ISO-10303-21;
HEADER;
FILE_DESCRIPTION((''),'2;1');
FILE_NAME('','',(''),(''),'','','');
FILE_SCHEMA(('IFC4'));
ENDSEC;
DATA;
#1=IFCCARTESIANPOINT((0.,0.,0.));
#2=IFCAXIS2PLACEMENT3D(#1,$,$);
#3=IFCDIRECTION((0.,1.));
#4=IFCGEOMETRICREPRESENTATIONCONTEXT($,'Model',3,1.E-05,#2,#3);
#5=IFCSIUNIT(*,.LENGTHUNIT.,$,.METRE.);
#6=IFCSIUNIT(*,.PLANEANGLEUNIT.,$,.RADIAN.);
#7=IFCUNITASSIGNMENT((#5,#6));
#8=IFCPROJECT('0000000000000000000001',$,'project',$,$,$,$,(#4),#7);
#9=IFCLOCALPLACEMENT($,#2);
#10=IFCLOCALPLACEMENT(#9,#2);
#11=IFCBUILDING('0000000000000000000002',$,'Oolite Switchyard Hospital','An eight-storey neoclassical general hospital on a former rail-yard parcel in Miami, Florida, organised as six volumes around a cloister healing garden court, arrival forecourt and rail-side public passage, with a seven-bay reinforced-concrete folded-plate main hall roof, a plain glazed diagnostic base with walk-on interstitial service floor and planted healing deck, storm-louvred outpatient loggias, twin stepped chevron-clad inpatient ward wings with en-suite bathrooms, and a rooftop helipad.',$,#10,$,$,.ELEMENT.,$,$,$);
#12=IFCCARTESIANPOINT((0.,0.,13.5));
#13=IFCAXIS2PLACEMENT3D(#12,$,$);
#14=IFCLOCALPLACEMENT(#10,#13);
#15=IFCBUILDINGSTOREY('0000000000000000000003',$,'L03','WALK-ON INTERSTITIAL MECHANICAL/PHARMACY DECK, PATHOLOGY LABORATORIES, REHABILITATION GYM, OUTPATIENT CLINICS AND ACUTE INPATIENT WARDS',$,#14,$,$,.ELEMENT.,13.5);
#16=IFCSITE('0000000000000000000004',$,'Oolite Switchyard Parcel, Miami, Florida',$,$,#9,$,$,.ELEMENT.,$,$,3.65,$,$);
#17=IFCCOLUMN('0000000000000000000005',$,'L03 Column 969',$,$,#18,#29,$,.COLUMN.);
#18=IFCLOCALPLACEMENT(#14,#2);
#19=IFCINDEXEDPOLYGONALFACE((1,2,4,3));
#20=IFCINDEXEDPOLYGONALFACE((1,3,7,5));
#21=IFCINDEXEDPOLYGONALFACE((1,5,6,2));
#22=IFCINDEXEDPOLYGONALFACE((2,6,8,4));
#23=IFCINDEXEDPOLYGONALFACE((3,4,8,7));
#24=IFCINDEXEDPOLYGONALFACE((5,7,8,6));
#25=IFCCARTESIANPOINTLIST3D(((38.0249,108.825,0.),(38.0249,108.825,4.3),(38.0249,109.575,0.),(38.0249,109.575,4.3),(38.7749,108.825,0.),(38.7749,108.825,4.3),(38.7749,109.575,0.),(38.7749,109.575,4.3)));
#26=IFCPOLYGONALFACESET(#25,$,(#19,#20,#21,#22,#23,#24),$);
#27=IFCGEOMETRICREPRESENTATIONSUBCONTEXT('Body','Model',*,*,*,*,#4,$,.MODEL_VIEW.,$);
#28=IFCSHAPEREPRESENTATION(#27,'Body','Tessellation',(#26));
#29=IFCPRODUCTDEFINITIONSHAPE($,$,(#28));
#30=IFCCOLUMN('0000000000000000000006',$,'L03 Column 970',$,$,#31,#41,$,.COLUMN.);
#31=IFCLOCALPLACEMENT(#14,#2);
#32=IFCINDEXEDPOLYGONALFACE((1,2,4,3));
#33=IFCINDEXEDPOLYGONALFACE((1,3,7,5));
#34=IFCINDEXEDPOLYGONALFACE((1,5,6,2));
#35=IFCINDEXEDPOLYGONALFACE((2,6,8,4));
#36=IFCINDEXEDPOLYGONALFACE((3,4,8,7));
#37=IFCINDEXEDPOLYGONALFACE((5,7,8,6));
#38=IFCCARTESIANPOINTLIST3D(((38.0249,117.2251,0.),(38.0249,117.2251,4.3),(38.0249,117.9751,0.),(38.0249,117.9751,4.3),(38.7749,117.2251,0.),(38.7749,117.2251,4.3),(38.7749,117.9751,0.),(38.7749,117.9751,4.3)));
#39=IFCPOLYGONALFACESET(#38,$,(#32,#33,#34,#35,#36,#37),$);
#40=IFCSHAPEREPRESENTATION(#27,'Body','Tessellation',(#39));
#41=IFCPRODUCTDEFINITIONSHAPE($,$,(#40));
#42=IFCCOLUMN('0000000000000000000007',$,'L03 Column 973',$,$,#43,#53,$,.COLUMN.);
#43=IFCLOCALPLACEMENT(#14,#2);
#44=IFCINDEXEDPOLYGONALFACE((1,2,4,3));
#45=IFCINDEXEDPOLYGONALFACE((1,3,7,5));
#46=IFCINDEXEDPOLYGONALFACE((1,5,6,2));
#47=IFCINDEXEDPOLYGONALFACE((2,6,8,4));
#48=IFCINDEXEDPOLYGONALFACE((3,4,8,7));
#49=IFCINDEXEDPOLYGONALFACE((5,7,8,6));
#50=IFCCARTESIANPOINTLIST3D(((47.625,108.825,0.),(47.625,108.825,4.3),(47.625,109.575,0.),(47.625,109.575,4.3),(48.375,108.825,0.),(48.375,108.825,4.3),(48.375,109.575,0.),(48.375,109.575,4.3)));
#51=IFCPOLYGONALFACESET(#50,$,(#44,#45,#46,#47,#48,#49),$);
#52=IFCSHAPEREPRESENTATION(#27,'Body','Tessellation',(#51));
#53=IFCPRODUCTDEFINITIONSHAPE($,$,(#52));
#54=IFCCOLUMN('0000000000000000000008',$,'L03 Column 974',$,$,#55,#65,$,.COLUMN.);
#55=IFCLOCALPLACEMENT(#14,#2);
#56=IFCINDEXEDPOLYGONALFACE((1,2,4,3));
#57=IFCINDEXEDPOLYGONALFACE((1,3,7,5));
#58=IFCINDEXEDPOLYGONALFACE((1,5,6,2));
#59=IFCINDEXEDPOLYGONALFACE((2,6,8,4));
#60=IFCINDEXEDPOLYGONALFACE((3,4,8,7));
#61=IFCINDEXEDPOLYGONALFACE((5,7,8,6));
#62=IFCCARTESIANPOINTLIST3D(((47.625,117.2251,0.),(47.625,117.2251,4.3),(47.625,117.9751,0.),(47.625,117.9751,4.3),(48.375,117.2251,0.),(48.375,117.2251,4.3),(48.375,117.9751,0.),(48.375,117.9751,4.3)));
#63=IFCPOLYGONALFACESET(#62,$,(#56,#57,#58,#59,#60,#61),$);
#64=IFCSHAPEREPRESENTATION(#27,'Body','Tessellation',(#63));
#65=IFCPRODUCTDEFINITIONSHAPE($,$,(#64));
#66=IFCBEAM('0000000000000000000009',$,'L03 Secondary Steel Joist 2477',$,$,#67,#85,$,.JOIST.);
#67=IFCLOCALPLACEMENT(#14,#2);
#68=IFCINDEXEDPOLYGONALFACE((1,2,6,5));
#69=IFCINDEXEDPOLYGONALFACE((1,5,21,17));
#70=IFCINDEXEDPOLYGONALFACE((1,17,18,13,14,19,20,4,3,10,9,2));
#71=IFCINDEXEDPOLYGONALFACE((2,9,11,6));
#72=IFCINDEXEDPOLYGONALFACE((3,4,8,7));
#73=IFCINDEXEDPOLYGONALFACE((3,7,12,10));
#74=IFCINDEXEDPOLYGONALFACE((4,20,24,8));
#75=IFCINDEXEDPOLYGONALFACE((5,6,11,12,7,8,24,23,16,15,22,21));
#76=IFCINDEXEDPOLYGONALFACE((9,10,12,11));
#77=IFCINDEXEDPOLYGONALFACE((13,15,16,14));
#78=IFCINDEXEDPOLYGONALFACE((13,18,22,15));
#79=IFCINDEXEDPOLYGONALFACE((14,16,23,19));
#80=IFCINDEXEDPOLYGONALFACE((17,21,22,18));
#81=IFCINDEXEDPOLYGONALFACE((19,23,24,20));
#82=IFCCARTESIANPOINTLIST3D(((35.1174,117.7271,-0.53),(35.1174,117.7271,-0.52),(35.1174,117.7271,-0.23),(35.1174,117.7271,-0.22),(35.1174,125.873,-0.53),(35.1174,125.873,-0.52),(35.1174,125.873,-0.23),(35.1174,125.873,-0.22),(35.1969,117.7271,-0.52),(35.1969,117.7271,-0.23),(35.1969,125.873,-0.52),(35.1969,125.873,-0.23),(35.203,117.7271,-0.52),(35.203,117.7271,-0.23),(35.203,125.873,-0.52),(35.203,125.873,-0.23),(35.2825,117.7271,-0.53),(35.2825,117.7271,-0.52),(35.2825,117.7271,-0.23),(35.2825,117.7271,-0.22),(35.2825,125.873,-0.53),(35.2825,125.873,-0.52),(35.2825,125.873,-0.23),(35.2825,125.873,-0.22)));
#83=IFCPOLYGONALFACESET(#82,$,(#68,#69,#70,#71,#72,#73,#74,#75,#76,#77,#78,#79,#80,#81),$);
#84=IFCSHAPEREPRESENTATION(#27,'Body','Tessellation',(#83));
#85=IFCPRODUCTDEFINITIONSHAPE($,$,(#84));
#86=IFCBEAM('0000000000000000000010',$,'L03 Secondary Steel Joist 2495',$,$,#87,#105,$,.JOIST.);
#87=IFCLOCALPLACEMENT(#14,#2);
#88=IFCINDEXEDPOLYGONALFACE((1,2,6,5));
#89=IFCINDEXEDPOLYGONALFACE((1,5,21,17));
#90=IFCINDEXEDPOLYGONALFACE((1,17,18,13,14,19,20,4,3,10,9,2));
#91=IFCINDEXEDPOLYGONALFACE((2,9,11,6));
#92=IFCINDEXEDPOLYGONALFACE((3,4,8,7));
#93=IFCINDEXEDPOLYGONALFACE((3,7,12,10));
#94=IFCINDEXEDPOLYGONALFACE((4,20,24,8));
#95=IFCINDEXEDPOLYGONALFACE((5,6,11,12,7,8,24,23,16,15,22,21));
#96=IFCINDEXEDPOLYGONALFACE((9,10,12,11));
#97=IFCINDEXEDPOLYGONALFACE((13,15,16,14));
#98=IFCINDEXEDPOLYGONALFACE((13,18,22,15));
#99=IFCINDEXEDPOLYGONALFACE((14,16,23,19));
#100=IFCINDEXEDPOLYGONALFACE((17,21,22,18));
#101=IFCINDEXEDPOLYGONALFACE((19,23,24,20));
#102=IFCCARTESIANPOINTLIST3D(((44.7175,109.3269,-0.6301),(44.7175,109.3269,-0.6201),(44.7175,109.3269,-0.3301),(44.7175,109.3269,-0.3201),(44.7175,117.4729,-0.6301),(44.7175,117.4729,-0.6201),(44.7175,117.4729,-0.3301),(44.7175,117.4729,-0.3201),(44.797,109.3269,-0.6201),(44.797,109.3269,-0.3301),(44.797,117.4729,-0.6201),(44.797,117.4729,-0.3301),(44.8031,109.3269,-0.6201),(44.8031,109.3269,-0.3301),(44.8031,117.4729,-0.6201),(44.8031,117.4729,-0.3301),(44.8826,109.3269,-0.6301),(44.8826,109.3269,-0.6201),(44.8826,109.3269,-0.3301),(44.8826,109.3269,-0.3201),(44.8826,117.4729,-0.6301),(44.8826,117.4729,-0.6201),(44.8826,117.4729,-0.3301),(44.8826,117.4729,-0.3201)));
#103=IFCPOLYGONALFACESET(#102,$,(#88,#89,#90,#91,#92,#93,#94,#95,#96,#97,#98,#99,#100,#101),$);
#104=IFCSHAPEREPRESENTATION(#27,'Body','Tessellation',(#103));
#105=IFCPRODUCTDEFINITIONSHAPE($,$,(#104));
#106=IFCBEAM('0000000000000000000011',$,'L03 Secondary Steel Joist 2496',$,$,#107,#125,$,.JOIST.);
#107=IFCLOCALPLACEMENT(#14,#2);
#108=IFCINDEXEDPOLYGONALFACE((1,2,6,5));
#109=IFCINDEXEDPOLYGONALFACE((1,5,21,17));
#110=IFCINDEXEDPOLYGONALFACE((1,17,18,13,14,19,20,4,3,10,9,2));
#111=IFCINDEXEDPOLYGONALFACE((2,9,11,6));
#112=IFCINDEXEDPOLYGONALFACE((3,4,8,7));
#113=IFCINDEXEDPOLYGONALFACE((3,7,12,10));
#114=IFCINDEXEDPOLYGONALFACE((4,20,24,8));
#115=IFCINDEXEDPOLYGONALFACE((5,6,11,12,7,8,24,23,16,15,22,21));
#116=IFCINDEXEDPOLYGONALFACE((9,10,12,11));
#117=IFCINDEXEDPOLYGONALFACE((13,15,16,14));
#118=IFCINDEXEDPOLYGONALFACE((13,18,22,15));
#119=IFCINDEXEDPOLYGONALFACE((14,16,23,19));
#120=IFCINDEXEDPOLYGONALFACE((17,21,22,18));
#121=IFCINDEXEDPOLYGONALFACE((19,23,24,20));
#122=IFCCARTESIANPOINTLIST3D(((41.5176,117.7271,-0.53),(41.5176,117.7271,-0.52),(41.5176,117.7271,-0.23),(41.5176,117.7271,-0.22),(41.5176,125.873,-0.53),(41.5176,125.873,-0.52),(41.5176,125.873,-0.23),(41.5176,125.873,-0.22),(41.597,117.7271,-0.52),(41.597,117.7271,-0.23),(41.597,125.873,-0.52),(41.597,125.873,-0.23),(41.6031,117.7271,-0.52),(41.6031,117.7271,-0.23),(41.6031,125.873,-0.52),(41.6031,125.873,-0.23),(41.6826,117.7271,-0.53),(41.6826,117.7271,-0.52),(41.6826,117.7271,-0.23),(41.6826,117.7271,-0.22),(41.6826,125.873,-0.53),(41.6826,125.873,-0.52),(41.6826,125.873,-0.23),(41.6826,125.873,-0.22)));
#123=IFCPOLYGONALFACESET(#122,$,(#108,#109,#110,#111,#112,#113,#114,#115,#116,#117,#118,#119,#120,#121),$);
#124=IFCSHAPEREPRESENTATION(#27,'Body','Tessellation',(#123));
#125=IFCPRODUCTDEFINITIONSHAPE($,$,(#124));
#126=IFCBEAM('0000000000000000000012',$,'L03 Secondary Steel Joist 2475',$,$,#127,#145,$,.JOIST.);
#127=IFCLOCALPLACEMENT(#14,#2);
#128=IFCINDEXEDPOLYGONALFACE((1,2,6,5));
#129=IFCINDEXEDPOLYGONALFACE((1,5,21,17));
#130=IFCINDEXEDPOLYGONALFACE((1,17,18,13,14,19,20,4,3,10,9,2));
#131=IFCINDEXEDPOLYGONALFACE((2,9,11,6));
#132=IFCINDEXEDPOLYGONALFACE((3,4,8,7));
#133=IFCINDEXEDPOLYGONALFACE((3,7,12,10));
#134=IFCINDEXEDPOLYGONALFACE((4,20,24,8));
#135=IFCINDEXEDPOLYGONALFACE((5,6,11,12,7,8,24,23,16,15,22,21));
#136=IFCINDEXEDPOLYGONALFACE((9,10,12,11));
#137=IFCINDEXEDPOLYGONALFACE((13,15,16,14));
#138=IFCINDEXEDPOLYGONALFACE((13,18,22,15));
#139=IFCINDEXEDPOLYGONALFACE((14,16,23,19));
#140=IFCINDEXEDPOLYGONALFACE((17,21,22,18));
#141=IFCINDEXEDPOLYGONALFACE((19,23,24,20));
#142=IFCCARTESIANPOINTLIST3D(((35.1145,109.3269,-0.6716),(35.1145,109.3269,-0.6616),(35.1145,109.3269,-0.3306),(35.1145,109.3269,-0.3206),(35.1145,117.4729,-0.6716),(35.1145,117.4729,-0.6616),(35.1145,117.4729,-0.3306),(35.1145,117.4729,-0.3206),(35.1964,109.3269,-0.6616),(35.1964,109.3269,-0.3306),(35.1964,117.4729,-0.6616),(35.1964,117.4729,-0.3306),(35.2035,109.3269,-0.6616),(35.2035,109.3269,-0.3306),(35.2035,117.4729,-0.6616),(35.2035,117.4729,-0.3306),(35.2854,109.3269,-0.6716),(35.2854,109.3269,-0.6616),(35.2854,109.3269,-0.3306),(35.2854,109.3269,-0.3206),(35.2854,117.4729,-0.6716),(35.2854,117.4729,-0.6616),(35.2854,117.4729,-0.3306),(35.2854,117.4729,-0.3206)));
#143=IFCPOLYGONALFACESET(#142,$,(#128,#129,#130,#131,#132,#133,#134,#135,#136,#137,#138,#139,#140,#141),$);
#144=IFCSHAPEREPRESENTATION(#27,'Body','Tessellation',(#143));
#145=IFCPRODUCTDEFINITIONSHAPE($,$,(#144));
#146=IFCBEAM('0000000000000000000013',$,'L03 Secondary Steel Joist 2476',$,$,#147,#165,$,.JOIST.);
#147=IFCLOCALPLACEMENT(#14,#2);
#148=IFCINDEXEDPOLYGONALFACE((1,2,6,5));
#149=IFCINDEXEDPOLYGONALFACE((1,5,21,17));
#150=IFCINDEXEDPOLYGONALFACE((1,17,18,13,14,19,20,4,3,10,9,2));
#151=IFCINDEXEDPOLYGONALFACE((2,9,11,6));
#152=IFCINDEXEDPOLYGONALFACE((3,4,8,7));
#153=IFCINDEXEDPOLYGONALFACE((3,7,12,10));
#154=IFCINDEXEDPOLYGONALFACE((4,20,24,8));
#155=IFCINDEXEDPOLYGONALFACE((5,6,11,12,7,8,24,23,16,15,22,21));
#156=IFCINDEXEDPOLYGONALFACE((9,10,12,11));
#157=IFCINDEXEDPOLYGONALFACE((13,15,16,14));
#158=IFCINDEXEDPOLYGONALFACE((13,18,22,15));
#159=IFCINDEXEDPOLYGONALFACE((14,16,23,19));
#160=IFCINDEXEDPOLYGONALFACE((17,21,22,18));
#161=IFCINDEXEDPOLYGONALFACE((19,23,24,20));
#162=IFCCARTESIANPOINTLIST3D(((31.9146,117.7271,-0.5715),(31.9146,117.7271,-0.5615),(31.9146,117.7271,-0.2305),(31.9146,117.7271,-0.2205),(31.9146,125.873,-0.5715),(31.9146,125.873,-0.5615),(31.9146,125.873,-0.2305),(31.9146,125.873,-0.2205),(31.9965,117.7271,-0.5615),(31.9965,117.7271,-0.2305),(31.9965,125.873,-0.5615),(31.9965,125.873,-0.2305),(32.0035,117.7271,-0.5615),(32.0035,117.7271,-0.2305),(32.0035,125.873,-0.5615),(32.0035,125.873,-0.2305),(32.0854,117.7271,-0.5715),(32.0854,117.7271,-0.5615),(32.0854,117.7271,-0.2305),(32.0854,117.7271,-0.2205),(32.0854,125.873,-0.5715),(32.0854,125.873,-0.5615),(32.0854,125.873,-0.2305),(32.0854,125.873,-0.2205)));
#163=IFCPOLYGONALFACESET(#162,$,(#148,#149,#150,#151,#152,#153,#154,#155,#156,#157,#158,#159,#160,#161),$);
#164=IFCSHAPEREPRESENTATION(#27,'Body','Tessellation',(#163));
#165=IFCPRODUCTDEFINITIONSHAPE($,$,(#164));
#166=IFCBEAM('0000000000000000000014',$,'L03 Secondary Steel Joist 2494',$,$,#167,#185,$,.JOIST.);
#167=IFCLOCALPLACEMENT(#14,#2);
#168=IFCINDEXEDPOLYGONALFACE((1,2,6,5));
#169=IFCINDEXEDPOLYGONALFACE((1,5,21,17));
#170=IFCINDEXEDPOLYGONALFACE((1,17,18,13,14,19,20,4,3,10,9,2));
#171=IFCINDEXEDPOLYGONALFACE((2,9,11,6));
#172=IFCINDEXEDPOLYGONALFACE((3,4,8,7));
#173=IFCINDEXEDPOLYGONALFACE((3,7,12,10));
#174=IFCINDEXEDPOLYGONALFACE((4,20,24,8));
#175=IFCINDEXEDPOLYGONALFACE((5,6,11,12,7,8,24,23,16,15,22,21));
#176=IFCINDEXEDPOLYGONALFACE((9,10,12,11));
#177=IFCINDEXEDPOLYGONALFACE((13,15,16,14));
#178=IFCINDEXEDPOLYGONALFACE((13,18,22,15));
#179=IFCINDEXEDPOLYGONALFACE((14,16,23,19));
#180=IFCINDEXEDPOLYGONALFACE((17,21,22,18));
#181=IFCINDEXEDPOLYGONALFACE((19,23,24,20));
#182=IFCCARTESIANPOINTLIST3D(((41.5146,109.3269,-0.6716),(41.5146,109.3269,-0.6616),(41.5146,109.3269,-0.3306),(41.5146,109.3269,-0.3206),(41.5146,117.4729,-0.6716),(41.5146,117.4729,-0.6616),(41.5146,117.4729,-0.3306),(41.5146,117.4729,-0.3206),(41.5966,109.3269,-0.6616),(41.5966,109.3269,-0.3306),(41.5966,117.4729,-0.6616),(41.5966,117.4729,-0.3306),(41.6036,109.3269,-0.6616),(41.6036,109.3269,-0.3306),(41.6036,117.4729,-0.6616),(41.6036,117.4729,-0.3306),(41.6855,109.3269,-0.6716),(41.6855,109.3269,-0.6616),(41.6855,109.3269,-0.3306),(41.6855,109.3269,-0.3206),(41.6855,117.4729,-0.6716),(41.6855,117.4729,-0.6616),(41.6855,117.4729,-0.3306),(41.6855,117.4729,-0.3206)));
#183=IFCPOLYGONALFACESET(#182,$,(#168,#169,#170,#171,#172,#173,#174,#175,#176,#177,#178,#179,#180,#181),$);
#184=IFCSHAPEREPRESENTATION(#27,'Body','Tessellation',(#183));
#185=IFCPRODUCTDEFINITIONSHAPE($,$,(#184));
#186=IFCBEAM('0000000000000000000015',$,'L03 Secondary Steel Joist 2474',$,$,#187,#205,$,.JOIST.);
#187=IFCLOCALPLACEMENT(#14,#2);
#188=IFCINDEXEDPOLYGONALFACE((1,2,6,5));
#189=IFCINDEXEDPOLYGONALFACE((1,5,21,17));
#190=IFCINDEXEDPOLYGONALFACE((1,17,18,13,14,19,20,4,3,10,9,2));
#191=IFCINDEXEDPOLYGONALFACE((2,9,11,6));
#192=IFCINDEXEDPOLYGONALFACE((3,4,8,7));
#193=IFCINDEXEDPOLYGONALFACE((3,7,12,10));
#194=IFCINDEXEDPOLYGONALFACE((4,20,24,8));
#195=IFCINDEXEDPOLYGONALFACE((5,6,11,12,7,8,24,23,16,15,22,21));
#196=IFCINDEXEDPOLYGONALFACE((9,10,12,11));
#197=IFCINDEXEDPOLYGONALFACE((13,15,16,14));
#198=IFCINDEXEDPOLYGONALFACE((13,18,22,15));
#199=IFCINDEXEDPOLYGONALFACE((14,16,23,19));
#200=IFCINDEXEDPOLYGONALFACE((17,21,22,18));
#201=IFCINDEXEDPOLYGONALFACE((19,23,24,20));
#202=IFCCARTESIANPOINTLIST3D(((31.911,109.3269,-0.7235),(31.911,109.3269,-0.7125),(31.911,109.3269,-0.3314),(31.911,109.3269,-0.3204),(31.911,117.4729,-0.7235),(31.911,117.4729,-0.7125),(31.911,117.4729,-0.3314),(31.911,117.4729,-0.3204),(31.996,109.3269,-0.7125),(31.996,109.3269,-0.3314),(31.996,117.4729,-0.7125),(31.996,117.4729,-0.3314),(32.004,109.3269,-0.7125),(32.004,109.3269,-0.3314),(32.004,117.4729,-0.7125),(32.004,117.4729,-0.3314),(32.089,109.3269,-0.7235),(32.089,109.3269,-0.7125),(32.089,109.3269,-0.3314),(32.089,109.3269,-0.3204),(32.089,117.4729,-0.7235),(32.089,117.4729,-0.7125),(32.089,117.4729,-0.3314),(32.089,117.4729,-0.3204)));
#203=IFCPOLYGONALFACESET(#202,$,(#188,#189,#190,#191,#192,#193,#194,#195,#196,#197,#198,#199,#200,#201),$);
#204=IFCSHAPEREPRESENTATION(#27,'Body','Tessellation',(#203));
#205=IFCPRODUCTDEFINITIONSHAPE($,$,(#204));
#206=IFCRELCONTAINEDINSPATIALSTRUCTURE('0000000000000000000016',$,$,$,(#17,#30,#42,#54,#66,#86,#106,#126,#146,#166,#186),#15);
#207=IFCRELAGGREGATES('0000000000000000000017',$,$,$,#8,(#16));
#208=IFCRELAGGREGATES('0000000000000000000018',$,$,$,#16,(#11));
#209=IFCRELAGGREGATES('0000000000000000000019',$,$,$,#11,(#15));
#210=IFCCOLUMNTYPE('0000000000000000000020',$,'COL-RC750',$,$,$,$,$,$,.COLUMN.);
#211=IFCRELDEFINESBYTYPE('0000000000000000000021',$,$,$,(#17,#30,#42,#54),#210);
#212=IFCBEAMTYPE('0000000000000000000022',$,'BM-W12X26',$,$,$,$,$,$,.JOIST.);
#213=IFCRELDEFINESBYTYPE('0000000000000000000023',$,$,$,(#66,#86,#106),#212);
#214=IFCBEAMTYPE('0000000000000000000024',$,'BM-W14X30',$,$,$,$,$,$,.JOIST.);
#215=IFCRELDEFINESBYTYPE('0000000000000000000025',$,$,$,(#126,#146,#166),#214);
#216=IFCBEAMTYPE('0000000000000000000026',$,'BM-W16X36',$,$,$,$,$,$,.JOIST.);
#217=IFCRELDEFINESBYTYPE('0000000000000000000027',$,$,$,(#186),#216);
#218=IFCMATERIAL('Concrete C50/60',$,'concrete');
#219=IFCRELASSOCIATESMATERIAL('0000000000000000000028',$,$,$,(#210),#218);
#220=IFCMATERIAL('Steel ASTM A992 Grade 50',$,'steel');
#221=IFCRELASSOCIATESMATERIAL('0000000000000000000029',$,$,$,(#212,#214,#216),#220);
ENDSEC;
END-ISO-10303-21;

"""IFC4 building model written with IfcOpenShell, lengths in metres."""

from ifc_helpers import new_model, si_unit, direction, frame, origin, origin_2d, place, context, subcontext, project, spatial, rectangle, i_section, extrude, material, material_profile, profile_set, type_object, element, save


model = new_model("IFC4")

# Units and contexts
model_context = context("Model", 3, precision=1e-05, world=origin(), true_north=direction((0.0, 1.0)))
body_context = subcontext(model_context, "Body", "Model", "MODEL_VIEW")
ifc_project = project(units=[si_unit("LENGTHUNIT", "METRE"), si_unit("PLANEANGLEUNIT", "RADIAN")], contexts=[model_context])

# Site, building, storey
site_placement = place(None, origin())
site = spatial("IfcSite", under=ifc_project, at=site_placement, Name="Oolite Switchyard Parcel, Miami, Florida", CompositionType="ELEMENT", RefElevation=3.65)
building_placement = place(site_placement, origin())
building = spatial("IfcBuilding", under=site, at=building_placement, Name="Oolite Switchyard Hospital", Description="An eight-storey neoclassical general hospital on a former rail-yard parcel in Miami, Florida, organised as six volumes around a cloister healing garden court, arrival forecourt and rail-side public passage, with a seven-bay reinforced-concrete folded-plate main hall roof, a plain glazed diagnostic base with walk-on interstitial service floor and planted healing deck, storm-louvred outpatient loggias, twin stepped chevron-clad inpatient ward wings with en-suite bathrooms, and a rooftop helipad.", CompositionType="ELEMENT")
storey_placement = place(building_placement, frame((0.0, 0.0, 13.5)))
storey = spatial("IfcBuildingStorey", under=building, at=storey_placement, Name="L03", Description="WALK-ON INTERSTITIAL MECHANICAL/PHARMACY DECK, PATHOLOGY LABORATORIES, REHABILITATION GYM, OUTPATIENT CLINICS AND ACUTE INPATIENT WARDS", CompositionType="ELEMENT", Elevation=13.5)

# Columns
ifc_material_1 = material(Name="Concrete C50/60", Category="concrete")
ifc_material_profile_1 = material_profile(ifc_material_1, rectangle(XDim=0.75, YDim=0.75, at=origin_2d()), Name="RC750X750")
ifc_profile_set_1 = profile_set([ifc_material_profile_1], Name="Concrete C50/60")
column_type = type_object("IfcColumnType", Name="COL-RC750", PredefinedType="COLUMN", material=ifc_profile_set_1)
for number, where, z_axis, x_axis, name in (
    (1, (38.3999, 109.2, 0.0), (0.0, 0.0, 1.0), (1.0, 0.0, 0.0), "L03 Column 969"),
    (2, (38.3999, 117.6001, 0.0), (0.0, 0.0, 1.0), (1.0, 0.0, 0.0), "L03 Column 970"),
    (3, (48.0, 109.2, 0.0), (0.0, 0.0, 1.0), (1.0, 0.0, 0.0), "L03 Column 973"),
    (4, (48.0, 117.6001, 0.0), (0.0, 0.0, 1.0), (1.0, 0.0, 0.0), "L03 Column 974"),
):
    element("IfcColumn", number, at=place(storey_placement, frame(where, z_axis=z_axis, x_axis=x_axis)), inside=storey, type_object=column_type, Name=name, PredefinedType="COLUMN", context=body_context, shape_type="SweptSolid", body=[
        extrude(rectangle(XDim=0.75, YDim=0.75, at=origin_2d()), origin(), (0.0, 0.0, 1.0), 4.3),
    ])

# Beams
ifc_material_2 = material(Name="Steel ASTM A992 Grade 50", Category="steel")
ifc_material_profile_2 = material_profile(ifc_material_2, i_section(OverallWidth=0.165, OverallDepth=0.3101, WebThickness=0.0061, FlangeThickness=0.01, at=origin_2d()), Name="W12X26")
ifc_profile_set_2 = profile_set([ifc_material_profile_2], Name="Steel ASTM A992 Grade 50")
beam_type_1 = type_object("IfcBeamType", Name="BM-W12X26", PredefinedType="JOIST", material=ifc_profile_set_2)
for number, where, z_axis, x_axis, name in (
    (5, (35.2, 117.7271, -0.375), (0.0, 1.0, 0.0), (-1.0, 0.0, 0.0), "L03 Secondary Steel Joist 2477"),
    (6, (44.8, 109.3269, -0.4751), (0.0, 1.0, 0.0), (-1.0, 0.0, 0.0), "L03 Secondary Steel Joist 2495"),
    (7, (41.6001, 117.7271, -0.375), (0.0, 1.0, 0.0), (-1.0, 0.0, 0.0), "L03 Secondary Steel Joist 2496"),
):
    element("IfcBeam", number, at=place(storey_placement, frame(where, z_axis=z_axis, x_axis=x_axis)), inside=storey, type_object=beam_type_1, Name=name, PredefinedType="JOIST", context=body_context, shape_type="SweptSolid", body=[
        extrude(i_section(OverallWidth=0.165, OverallDepth=0.3101, WebThickness=0.0061, FlangeThickness=0.01, at=origin_2d()), origin(), (0.0, 0.0, 1.0), 8.146),
    ])
ifc_material_profile_3 = material_profile(ifc_material_2, i_section(OverallWidth=0.1709, OverallDepth=0.3511, WebThickness=0.0071, FlangeThickness=0.01, at=origin_2d()), Name="W14X30")
ifc_profile_set_3 = profile_set([ifc_material_profile_3], Name="Steel ASTM A992 Grade 50")
beam_type_2 = type_object("IfcBeamType", Name="BM-W14X30", PredefinedType="JOIST", material=ifc_profile_set_3)
for number, where, z_axis, x_axis, name in (
    (8, (35.2, 109.3269, -0.4961), (0.0, 1.0, 0.0), (-1.0, 0.0, 0.0), "L03 Secondary Steel Joist 2475"),
    (9, (32.0, 117.7271, -0.396), (0.0, 1.0, 0.0), (-1.0, 0.0, 0.0), "L03 Secondary Steel Joist 2476"),
    (10, (41.6001, 109.3269, -0.4961), (0.0, 1.0, 0.0), (-1.0, 0.0, 0.0), "L03 Secondary Steel Joist 2494"),
):
    element("IfcBeam", number, at=place(storey_placement, frame(where, z_axis=z_axis, x_axis=x_axis)), inside=storey, type_object=beam_type_2, Name=name, PredefinedType="JOIST", context=body_context, shape_type="SweptSolid", body=[
        extrude(i_section(OverallWidth=0.1709, OverallDepth=0.3511, WebThickness=0.0071, FlangeThickness=0.01, at=origin_2d()), origin(), (0.0, 0.0, 1.0), 8.146),
    ])
ifc_material_profile_4 = material_profile(ifc_material_2, i_section(OverallWidth=0.178, OverallDepth=0.4031, WebThickness=0.0081, FlangeThickness=0.011, at=origin_2d()), Name="W16X36")
ifc_profile_set_4 = profile_set([ifc_material_profile_4], Name="Steel ASTM A992 Grade 50")
beam_type_3 = type_object("IfcBeamType", Name="BM-W16X36", PredefinedType="JOIST", material=ifc_profile_set_4)
beam_1_placement = place(storey_placement, frame((32.0, 109.3269, -0.522), z_axis=(0.0, 1.0, 0.0), x_axis=(-1.0, 0.0, 0.0)))
element("IfcBeam", 11, at=beam_1_placement, inside=storey, type_object=beam_type_3, Name="L03 Secondary Steel Joist 2474", PredefinedType="JOIST", context=body_context, shape_type="SweptSolid", body=[
    extrude(i_section(OverallWidth=0.178, OverallDepth=0.4031, WebThickness=0.0081, FlangeThickness=0.011, at=origin_2d()), origin(), (0.0, 0.0, 1.0), 8.146),
])

save(model, "model.ifc")
